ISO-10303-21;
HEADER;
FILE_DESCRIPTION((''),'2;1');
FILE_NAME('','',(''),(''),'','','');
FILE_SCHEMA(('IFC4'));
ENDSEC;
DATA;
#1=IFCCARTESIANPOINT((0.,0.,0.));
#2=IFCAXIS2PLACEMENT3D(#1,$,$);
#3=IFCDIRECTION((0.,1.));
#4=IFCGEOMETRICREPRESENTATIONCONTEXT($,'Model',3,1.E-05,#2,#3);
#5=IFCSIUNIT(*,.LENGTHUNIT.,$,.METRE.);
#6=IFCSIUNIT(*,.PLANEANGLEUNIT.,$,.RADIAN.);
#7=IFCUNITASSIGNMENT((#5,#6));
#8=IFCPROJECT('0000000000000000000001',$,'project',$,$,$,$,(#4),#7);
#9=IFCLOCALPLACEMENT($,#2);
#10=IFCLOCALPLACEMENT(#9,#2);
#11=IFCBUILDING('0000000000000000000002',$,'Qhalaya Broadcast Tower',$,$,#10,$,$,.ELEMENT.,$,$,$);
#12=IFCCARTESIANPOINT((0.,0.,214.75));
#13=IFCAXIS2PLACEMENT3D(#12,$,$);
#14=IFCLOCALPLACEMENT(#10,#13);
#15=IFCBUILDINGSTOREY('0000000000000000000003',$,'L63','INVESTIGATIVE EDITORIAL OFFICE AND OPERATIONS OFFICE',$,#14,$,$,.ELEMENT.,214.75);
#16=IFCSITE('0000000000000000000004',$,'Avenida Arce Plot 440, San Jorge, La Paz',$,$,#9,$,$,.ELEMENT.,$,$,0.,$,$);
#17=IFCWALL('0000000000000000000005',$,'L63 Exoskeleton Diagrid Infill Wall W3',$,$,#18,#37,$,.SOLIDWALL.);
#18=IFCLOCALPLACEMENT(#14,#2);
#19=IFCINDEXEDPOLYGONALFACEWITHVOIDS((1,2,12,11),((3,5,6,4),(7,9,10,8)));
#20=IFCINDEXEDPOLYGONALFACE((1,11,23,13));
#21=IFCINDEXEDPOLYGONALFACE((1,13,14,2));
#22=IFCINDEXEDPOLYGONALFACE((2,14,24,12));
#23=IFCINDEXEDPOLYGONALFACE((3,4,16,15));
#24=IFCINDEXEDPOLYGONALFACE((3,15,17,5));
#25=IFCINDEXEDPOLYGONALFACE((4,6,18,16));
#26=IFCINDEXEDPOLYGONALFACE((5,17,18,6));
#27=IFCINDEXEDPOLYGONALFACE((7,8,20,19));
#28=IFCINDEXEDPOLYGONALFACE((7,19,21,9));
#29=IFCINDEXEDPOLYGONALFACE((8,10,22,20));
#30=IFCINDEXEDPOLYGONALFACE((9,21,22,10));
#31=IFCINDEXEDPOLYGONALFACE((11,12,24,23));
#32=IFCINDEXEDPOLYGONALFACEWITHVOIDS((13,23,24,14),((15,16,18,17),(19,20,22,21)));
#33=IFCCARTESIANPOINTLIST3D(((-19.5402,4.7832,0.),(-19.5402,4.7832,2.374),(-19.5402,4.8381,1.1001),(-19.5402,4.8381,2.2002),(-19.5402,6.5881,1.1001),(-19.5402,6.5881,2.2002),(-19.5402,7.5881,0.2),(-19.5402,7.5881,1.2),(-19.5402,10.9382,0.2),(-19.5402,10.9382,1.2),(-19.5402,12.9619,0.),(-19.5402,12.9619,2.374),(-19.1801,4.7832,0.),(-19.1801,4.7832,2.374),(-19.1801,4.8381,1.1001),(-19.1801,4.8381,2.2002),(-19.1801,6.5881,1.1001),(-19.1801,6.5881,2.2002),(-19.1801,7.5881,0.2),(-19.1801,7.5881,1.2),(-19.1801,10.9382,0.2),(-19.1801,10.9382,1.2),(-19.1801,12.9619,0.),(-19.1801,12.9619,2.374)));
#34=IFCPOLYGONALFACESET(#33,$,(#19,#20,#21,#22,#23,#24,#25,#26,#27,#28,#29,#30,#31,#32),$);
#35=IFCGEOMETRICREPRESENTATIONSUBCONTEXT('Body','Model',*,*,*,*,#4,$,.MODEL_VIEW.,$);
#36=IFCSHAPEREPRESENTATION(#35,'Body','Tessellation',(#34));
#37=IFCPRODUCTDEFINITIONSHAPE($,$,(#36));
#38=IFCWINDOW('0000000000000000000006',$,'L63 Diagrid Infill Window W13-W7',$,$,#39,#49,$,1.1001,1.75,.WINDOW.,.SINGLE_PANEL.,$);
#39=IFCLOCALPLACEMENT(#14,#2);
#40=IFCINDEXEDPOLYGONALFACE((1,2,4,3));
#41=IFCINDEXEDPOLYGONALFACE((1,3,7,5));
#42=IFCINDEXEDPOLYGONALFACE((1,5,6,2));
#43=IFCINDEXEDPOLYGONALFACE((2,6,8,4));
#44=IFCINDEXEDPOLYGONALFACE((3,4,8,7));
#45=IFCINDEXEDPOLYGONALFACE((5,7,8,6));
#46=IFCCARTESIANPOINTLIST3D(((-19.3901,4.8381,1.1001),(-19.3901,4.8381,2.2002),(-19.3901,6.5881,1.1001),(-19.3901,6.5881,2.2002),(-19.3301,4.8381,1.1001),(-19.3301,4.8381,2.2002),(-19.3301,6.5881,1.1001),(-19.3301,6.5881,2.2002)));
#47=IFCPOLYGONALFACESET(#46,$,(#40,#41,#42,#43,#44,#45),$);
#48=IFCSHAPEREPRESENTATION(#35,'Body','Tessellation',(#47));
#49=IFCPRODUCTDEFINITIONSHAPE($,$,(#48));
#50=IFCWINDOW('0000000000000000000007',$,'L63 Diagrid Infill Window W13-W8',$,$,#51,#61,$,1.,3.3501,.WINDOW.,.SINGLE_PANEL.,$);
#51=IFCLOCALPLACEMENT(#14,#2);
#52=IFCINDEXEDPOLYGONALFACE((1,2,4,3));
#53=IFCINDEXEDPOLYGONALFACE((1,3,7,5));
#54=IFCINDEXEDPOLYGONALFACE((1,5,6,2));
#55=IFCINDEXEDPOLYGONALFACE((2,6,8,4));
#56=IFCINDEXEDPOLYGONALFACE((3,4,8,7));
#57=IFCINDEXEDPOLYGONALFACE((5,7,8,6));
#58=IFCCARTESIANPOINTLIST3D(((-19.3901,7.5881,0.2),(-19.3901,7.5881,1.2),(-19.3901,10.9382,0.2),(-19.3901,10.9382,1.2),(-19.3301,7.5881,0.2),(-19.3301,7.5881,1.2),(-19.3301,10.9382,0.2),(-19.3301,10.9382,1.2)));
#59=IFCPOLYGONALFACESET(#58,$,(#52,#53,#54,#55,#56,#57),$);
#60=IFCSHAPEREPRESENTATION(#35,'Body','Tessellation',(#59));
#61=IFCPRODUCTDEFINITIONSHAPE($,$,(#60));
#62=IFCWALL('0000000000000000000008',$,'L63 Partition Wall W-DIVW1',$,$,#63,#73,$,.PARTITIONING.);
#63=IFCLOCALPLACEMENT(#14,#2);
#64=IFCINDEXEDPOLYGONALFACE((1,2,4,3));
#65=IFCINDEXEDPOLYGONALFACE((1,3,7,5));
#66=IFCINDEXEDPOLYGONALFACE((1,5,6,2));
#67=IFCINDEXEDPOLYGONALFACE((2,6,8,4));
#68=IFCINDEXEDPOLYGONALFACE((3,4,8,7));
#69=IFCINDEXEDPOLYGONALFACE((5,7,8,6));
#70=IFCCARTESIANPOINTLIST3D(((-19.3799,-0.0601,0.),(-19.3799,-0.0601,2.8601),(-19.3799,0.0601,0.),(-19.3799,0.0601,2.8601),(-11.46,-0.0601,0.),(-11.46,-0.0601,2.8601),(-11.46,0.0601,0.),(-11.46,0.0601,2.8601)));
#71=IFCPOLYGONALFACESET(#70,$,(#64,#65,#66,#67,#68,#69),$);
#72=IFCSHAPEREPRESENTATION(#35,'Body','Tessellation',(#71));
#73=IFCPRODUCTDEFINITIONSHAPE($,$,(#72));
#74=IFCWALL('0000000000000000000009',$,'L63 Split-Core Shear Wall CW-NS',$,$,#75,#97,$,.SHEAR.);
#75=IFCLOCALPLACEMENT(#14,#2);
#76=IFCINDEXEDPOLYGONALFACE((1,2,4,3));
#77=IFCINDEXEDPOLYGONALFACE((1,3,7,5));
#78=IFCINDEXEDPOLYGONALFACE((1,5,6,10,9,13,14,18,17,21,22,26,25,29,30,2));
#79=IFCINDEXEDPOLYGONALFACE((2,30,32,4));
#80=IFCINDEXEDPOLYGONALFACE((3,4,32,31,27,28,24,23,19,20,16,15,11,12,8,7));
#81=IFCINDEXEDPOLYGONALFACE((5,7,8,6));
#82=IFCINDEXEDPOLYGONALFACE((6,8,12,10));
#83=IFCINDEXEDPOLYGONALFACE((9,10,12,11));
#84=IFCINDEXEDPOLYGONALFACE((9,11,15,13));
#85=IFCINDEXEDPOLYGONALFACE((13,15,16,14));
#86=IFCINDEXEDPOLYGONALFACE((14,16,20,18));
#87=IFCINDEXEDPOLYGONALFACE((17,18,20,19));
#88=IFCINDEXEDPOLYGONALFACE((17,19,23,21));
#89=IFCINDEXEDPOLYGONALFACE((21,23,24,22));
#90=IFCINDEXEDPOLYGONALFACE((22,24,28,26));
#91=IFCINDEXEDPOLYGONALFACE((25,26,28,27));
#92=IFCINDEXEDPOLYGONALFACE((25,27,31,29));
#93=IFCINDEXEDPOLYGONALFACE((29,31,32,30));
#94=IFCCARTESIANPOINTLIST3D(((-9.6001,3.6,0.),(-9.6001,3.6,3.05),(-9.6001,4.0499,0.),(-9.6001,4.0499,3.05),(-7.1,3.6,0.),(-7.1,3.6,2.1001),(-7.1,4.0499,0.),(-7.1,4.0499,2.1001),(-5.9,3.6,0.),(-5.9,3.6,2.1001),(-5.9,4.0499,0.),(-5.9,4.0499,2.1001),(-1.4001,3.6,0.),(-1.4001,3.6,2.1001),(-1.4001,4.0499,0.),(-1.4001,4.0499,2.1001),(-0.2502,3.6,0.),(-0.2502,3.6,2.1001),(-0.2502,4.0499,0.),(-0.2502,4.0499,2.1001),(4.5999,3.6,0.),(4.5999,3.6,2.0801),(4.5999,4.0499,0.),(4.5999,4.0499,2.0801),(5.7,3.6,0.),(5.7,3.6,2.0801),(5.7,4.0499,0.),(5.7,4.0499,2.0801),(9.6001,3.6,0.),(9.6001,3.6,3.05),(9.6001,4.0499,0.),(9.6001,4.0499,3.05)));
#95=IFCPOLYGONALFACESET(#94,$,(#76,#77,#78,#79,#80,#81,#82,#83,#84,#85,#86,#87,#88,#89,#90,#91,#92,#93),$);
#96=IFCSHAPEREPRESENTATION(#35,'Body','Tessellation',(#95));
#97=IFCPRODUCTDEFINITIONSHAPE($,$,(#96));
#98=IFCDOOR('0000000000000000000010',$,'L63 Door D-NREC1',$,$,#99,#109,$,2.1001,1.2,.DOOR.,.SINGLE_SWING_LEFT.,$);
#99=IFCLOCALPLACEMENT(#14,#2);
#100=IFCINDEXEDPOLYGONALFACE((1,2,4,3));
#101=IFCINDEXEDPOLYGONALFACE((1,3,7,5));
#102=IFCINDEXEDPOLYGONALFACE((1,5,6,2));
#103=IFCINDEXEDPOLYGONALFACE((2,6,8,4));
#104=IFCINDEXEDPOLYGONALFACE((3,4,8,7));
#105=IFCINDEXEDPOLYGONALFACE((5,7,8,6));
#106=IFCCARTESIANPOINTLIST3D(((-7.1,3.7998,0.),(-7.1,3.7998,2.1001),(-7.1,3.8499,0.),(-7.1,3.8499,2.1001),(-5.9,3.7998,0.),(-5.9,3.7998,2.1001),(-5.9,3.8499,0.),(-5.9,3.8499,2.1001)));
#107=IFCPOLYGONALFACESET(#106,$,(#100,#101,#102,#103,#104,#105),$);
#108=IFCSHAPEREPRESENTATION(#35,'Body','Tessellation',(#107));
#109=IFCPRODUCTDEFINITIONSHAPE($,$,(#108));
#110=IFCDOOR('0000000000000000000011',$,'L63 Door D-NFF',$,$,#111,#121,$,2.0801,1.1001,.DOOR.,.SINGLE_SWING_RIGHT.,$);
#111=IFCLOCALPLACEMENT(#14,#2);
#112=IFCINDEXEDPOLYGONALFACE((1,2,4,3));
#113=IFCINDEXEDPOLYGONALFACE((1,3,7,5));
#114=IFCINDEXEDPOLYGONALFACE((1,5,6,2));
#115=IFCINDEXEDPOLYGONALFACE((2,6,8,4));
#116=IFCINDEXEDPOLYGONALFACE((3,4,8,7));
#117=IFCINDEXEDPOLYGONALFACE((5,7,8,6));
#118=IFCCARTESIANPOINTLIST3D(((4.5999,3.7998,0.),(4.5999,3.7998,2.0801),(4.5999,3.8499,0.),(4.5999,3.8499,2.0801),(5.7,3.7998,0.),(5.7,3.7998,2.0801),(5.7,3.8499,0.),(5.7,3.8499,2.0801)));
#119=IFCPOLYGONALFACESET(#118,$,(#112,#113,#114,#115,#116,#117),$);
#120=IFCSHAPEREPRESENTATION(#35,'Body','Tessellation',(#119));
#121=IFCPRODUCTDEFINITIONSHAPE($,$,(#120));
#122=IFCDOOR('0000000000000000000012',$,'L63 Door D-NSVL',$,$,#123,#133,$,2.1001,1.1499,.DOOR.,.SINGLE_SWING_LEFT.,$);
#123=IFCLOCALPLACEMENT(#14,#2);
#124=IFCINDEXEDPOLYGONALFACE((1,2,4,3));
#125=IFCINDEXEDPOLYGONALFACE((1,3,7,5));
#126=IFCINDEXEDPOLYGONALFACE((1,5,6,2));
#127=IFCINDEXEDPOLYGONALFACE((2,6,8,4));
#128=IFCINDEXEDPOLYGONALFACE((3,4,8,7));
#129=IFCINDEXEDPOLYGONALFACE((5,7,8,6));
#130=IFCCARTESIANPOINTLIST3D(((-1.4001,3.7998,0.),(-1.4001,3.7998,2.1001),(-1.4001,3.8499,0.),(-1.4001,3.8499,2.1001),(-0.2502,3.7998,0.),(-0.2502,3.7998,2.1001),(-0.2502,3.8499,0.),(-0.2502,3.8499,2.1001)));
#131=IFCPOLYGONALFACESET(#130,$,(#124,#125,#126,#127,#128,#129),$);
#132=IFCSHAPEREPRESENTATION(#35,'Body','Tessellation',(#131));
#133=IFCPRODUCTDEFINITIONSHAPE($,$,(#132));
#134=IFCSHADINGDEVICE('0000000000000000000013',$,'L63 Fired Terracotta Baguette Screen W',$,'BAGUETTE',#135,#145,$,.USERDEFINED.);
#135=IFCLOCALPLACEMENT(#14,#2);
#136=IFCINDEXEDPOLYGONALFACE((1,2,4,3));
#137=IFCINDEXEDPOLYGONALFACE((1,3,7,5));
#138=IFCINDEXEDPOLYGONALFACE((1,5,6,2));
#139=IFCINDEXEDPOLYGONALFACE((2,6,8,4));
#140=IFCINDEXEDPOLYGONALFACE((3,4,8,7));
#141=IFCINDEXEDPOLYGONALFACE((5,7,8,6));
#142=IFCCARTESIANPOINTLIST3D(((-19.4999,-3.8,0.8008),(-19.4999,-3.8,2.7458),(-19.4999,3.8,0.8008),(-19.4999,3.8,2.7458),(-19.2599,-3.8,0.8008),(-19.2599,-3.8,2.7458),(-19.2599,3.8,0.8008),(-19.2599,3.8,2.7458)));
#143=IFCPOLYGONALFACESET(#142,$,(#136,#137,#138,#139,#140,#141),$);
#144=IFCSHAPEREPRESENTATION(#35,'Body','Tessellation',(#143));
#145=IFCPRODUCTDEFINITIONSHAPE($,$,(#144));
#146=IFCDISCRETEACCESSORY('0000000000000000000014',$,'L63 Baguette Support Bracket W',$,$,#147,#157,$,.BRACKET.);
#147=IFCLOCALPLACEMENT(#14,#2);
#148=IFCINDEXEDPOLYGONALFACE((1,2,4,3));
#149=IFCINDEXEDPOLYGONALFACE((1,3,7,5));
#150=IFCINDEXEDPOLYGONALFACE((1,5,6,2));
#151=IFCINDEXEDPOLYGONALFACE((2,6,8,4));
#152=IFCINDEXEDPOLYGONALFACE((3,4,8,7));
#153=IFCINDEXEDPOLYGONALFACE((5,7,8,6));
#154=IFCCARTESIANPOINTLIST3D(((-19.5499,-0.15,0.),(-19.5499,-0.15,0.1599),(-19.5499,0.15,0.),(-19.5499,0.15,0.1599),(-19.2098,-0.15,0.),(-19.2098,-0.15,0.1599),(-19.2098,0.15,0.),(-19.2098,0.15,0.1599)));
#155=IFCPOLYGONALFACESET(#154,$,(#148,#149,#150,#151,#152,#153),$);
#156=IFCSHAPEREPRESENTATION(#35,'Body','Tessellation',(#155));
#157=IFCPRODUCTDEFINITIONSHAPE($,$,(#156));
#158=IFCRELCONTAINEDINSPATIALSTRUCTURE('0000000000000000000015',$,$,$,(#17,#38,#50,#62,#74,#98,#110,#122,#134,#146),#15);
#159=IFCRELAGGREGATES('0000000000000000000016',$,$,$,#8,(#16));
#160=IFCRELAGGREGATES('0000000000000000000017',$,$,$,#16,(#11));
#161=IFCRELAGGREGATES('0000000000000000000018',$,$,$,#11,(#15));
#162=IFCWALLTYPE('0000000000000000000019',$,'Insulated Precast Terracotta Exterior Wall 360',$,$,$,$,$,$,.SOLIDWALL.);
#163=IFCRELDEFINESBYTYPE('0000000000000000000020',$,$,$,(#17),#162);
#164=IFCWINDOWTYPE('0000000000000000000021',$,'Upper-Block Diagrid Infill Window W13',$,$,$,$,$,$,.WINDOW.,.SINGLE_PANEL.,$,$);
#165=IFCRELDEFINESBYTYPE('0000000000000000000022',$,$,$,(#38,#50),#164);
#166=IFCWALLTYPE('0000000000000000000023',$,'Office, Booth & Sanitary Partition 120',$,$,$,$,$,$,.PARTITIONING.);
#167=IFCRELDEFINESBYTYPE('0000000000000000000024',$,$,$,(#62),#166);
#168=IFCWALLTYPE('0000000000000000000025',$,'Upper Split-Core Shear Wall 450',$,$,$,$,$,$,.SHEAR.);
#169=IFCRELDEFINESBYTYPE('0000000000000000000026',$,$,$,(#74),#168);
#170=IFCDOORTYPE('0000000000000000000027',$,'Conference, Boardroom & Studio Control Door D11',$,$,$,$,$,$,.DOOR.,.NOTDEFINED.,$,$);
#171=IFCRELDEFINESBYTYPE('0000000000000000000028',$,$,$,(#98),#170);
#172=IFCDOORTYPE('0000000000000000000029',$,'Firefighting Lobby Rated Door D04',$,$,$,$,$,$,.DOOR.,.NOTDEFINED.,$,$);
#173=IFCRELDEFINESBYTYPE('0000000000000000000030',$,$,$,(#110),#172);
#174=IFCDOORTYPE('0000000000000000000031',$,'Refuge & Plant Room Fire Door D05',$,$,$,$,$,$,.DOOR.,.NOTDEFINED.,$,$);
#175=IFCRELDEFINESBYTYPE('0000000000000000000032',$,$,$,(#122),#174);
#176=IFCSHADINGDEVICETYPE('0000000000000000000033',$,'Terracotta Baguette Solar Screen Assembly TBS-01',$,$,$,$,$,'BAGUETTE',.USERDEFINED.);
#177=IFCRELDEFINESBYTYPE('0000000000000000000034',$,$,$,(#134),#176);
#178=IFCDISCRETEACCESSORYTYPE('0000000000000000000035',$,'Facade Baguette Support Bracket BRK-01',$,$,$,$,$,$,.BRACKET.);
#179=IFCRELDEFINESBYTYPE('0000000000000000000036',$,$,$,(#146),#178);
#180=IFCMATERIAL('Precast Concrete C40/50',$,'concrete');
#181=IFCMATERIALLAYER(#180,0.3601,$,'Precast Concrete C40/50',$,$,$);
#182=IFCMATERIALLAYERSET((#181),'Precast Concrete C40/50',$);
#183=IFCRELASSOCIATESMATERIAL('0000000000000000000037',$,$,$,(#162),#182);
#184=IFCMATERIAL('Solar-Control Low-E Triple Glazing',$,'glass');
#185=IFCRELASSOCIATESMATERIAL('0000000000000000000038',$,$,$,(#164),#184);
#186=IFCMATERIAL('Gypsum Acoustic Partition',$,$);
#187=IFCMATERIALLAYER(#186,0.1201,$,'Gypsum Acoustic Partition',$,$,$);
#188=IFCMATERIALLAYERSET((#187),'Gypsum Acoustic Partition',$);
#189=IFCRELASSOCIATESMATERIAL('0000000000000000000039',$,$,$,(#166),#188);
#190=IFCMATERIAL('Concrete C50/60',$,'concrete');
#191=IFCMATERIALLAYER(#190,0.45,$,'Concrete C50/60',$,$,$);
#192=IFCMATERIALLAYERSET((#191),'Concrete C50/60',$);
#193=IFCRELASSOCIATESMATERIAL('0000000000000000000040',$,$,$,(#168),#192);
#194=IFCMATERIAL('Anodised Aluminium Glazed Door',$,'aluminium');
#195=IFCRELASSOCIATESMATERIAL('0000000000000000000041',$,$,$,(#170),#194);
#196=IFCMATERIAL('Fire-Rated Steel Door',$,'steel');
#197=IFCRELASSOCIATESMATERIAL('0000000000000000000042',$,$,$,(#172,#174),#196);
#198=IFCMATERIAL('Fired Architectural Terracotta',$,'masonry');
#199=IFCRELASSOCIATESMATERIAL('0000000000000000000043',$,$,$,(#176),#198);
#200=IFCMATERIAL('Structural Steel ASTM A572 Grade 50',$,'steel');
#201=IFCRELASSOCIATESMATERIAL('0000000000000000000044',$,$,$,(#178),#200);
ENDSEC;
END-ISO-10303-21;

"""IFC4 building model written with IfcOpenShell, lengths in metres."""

from ifc_helpers import new_model, si_unit, direction, frame, frame_2d, origin, origin_2d, place, context, subcontext, project, spatial, rectangle, extrude, material, layer, layer_set, type_object, element, fill, save


model = new_model("IFC4")

# Units and contexts
model_context = context("Model", 3, precision=1e-05, world=origin(), true_north=direction((0.0, 1.0)))
body_context = subcontext(model_context, "Body", "Model", "MODEL_VIEW")
ifc_project = project(units=[si_unit("LENGTHUNIT", "METRE"), si_unit("PLANEANGLEUNIT", "RADIAN")], contexts=[model_context])

# Site, building, storey
site_placement = place(None, origin())
site = spatial("IfcSite", under=ifc_project, at=site_placement, Name="Avenida Arce Plot 440, San Jorge, La Paz", CompositionType="ELEMENT", RefElevation=0.0)
building_placement = place(site_placement, origin())
building = spatial("IfcBuilding", under=site, at=building_placement, Name="Qhalaya Broadcast Tower", CompositionType="ELEMENT")
storey_placement = place(building_placement, frame((0.0, 0.0, 214.75)))
storey = spatial("IfcBuildingStorey", under=building, at=storey_placement, Name="L63", Description="INVESTIGATIVE EDITORIAL OFFICE AND OPERATIONS OFFICE", CompositionType="ELEMENT", Elevation=214.75)

# Shared definitions
ifc_material_1 = material(Name="Structural Steel ASTM A572 Grade 50", Category="steel")

# Shared definitions
ifc_material_2 = material(Name="Gypsum Acoustic Partition")

# Wall, openings, windows
ifc_material_3 = material(Name="Precast Concrete C40/50", Category="concrete")
ifc_layer_1 = layer(ifc_material_3, 0.3601, Name="Precast Concrete C40/50")
ifc_layer_set_1 = layer_set([ifc_layer_1], Name="Precast Concrete C40/50")
wall_type_1 = type_object("IfcWallType", Name="Insulated Precast Terracotta Exterior Wall 360", PredefinedType="SOLIDWALL", material=ifc_layer_set_1)
wall_1_placement = place(storey_placement, frame((-19.3601, 4.7832, 0.0), z_axis=(0.0, 0.0, 1.0), x_axis=(0.0, 1.0, 0.0)))
wall_1 = element("IfcWall", 1, at=wall_1_placement, inside=storey, type_object=wall_type_1, Name="L63 Exoskeleton Diagrid Infill Wall W3", PredefinedType="SOLIDWALL", context=body_context, shape_type="SweptSolid", body=[
    extrude(rectangle(XDim=8.1787, YDim=0.3601, at=frame_2d((4.0894, 0.0))), origin(), (0.0, 0.0, 1.0), 2.374),
])
opening_1_placement = place(wall_1_placement, frame((0.0549, 0.0, 1.1001)))
opening_1 = element("IfcOpeningElement", 2, at=opening_1_placement, cuts=wall_1, PredefinedType="OPENING", context=body_context, shape_type="SweptSolid", body=[
    extrude(rectangle(XDim=1.75, YDim=1.1001, at=frame_2d((0.875, 0.55))), frame((0.0, 0.1921, 0.0), z_axis=(0.0, -1.0, 0.0), x_axis=(1.0, 0.0, 0.0)), (0.0, 0.0, 1.0), 0.384),
])
opening_2_placement = place(wall_1_placement, frame((2.8049, 0.0, 0.2)))
opening_2 = element("IfcOpeningElement", 3, at=opening_2_placement, cuts=wall_1, PredefinedType="OPENING", context=body_context, shape_type="SweptSolid", body=[
    extrude(rectangle(XDim=3.3501, YDim=1.0, at=frame_2d((1.675, 0.5))), frame((0.0, 0.1921, 0.0), z_axis=(0.0, -1.0, 0.0), x_axis=(1.0, 0.0, 0.0)), (0.0, 0.0, 1.0), 0.384),
])
ifc_material_4 = material(Name="Solar-Control Low-E Triple Glazing", Category="glass")
window_type = type_object("IfcWindowType", Name="Upper-Block Diagrid Infill Window W13", PartitioningType="SINGLE_PANEL", PredefinedType="WINDOW", material=ifc_material_4)
window_1_placement = place(opening_1_placement, origin())
window_1 = element("IfcWindow", 4, at=window_1_placement, inside=storey, type_object=window_type, Name="L63 Diagrid Infill Window W13-W7", OverallHeight=1.1001, OverallWidth=1.75, PartitioningType="SINGLE_PANEL", PredefinedType="WINDOW", context=body_context, shape_type="SweptSolid", body=[
    extrude(rectangle(XDim=1.75, YDim=1.1001, at=frame_2d((0.875, 0.55))), frame((0.0, 0.03, 0.0), z_axis=(0.0, -1.0, 0.0), x_axis=(1.0, 0.0, 0.0)), (0.0, 0.0, 1.0), 0.0601),
])
fill(opening_1, window_1)
window_2_placement = place(opening_2_placement, origin())
window_2 = element("IfcWindow", 5, at=window_2_placement, inside=storey, type_object=window_type, Name="L63 Diagrid Infill Window W13-W8", OverallHeight=1.0, OverallWidth=3.3501, PartitioningType="SINGLE_PANEL", PredefinedType="WINDOW", context=body_context, shape_type="SweptSolid", body=[
    extrude(rectangle(XDim=3.3501, YDim=1.0, at=frame_2d((1.675, 0.5))), frame((0.0, 0.03, 0.0), z_axis=(0.0, -1.0, 0.0), x_axis=(1.0, 0.0, 0.0)), (0.0, 0.0, 1.0), 0.0601),
])
fill(opening_2, window_2)

# Wall
ifc_layer_2 = layer(ifc_material_2, 0.1201, Name="Gypsum Acoustic Partition")
ifc_layer_set_2 = layer_set([ifc_layer_2], Name="Gypsum Acoustic Partition")
wall_type_2 = type_object("IfcWallType", Name="Office, Booth & Sanitary Partition 120", PredefinedType="PARTITIONING", material=ifc_layer_set_2)
wall_2_placement = place(storey_placement, frame((-19.3799, 0.0, 0.0), z_axis=(0.0, 0.0, 1.0), x_axis=(1.0, 0.0, 0.0)))
element("IfcWall", 6, at=wall_2_placement, inside=storey, type_object=wall_type_2, Name="L63 Partition Wall W-DIVW1", PredefinedType="PARTITIONING", context=body_context, shape_type="SweptSolid", body=[
    extrude(rectangle(XDim=7.9199, YDim=0.1201, at=frame_2d((3.96, 0.0))), origin(), (0.0, 0.0, 1.0), 2.8601),
])

# Wall, openings, doors
ifc_material_5 = material(Name="Concrete C50/60", Category="concrete")
ifc_layer_3 = layer(ifc_material_5, 0.45, Name="Concrete C50/60")
ifc_layer_set_3 = layer_set([ifc_layer_3], Name="Concrete C50/60")
wall_type_3 = type_object("IfcWallType", Name="Upper Split-Core Shear Wall 450", PredefinedType="SHEAR", material=ifc_layer_set_3)
wall_3_placement = place(storey_placement, frame((-9.6001, 3.825, 0.0), z_axis=(0.0, 0.0, 1.0), x_axis=(1.0, 0.0, 0.0)))
wall_3 = element("IfcWall", 7, at=wall_3_placement, inside=storey, type_object=wall_type_3, Name="L63 Split-Core Shear Wall CW-NS", PredefinedType="SHEAR", context=body_context, shape_type="SweptSolid", body=[
    extrude(rectangle(XDim=19.2002, YDim=0.45, at=frame_2d((9.6001, 0.0))), origin(), (0.0, 0.0, 1.0), 3.05),
])
opening_3_placement = place(wall_3_placement, frame((14.2, 0.0, 0.0)))
opening_3 = element("IfcOpeningElement", 8, at=opening_3_placement, cuts=wall_3, PredefinedType="OPENING", context=body_context, shape_type="SweptSolid", body=[
    extrude(rectangle(XDim=1.1001, YDim=2.0801, at=frame_2d((0.55, 1.04))), frame((0.0, 0.2371, 0.0), z_axis=(0.0, -1.0, 0.0), x_axis=(1.0, 0.0, 0.0)), (0.0, 0.0, 1.0), 0.4739),
])
opening_4_placement = place(wall_3_placement, frame((8.2, 0.0, 0.0)))
opening_4 = element("IfcOpeningElement", 9, at=opening_4_placement, cuts=wall_3, PredefinedType="OPENING", context=body_context, shape_type="SweptSolid", body=[
    extrude(rectangle(XDim=1.1499, YDim=2.1001, at=frame_2d((0.575, 1.05))), frame((0.0, 0.2371, 0.0), z_axis=(0.0, -1.0, 0.0), x_axis=(1.0, 0.0, 0.0)), (0.0, 0.0, 1.0), 0.4739),
])
opening_5_placement = place(wall_3_placement, frame((2.5, 0.0, 0.0)))
opening_5 = element("IfcOpeningElement", 10, at=opening_5_placement, cuts=wall_3, PredefinedType="OPENING", context=body_context, shape_type="SweptSolid", body=[
    extrude(rectangle(XDim=1.2, YDim=2.1001, at=frame_2d((0.6001, 1.05))), frame((0.0, 0.2371, 0.0), z_axis=(0.0, -1.0, 0.0), x_axis=(1.0, 0.0, 0.0)), (0.0, 0.0, 1.0), 0.4739),
])
ifc_material_6 = material(Name="Anodised Aluminium Glazed Door", Category="aluminium")
door_type_1 = type_object("IfcDoorType", Name="Conference, Boardroom & Studio Control Door D11", OperationType="NOTDEFINED", PredefinedType="DOOR", material=ifc_material_6)
door_1_placement = place(opening_5_placement, origin())
door_1 = element("IfcDoor", 11, at=door_1_placement, inside=storey, type_object=door_type_1, Name="L63 Door D-NREC1", OperationType="SINGLE_SWING_LEFT", OverallHeight=2.1001, OverallWidth=1.2, PredefinedType="DOOR", context=body_context, shape_type="SweptSolid", body=[
    extrude(rectangle(XDim=1.2, YDim=2.1001, at=frame_2d((0.6001, 1.05))), frame((0.0, 0.0249, 0.0), z_axis=(0.0, -1.0, 0.0), x_axis=(1.0, 0.0, 0.0)), (0.0, 0.0, 1.0), 0.05),
])
fill(opening_5, door_1)
ifc_material_7 = material(Name="Fire-Rated Steel Door", Category="steel")
door_type_2 = type_object("IfcDoorType", Name="Firefighting Lobby Rated Door D04", OperationType="NOTDEFINED", PredefinedType="DOOR", material=ifc_material_7)
door_2_placement = place(opening_3_placement, origin())
door_2 = element("IfcDoor", 12, at=door_2_placement, inside=storey, type_object=door_type_2, Name="L63 Door D-NFF", OperationType="SINGLE_SWING_RIGHT", OverallHeight=2.0801, OverallWidth=1.1001, PredefinedType="DOOR", context=body_context, shape_type="SweptSolid", body=[
    extrude(rectangle(XDim=1.1001, YDim=2.0801, at=frame_2d((0.55, 1.04))), frame((0.0, 0.0249, 0.0), z_axis=(0.0, -1.0, 0.0), x_axis=(1.0, 0.0, 0.0)), (0.0, 0.0, 1.0), 0.05),
])
fill(opening_3, door_2)
door_type_3 = type_object("IfcDoorType", Name="Refuge & Plant Room Fire Door D05", OperationType="NOTDEFINED", PredefinedType="DOOR", material=ifc_material_7)
door_3_placement = place(opening_4_placement, origin())
door_3 = element("IfcDoor", 13, at=door_3_placement, inside=storey, type_object=door_type_3, Name="L63 Door D-NSVL", OperationType="SINGLE_SWING_LEFT", OverallHeight=2.1001, OverallWidth=1.1499, PredefinedType="DOOR", context=body_context, shape_type="SweptSolid", body=[
    extrude(rectangle(XDim=1.1499, YDim=2.1001, at=frame_2d((0.575, 1.05))), frame((0.0, 0.0249, 0.0), z_axis=(0.0, -1.0, 0.0), x_axis=(1.0, 0.0, 0.0)), (0.0, 0.0, 1.0), 0.05),
])
fill(opening_4, door_3)

# Shading device
ifc_material_8 = material(Name="Fired Architectural Terracotta", Category="masonry")
shading_device_type = type_object("IfcShadingDeviceType", Name="Terracotta Baguette Solar Screen Assembly TBS-01", ElementType="BAGUETTE", PredefinedType="USERDEFINED", material=ifc_material_8)
shading_device_placement = place(storey_placement, frame((-19.3799, 0.0, 0.8008), z_axis=(0.0, 0.0, 1.0), x_axis=(0.0, -1.0, 0.0)))
element("IfcShadingDevice", 14, at=shading_device_placement, inside=storey, type_object=shading_device_type, Name="L63 Fired Terracotta Baguette Screen W", ObjectType="BAGUETTE", PredefinedType="USERDEFINED", context=body_context, shape_type="SweptSolid", body=[
    extrude(rectangle(XDim=7.6001, YDim=0.24, at=origin_2d()), origin(), (0.0, 0.0, 1.0), 1.9451),
])

# Discrete accessory
discrete_accessory_type = type_object("IfcDiscreteAccessoryType", Name="Facade Baguette Support Bracket BRK-01", PredefinedType="BRACKET", material=ifc_material_1)
discrete_accessory_placement = place(storey_placement, frame((-19.3799, 0.0, 0.0), z_axis=(0.0, 0.0, 1.0), x_axis=(0.0, -1.0, 0.0)))
element("IfcDiscreteAccessory", 15, at=discrete_accessory_placement, inside=storey, type_object=discrete_accessory_type, Name="L63 Baguette Support Bracket W", PredefinedType="BRACKET", context=body_context, shape_type="SweptSolid", body=[
    extrude(rectangle(XDim=0.3, YDim=0.3401, at=origin_2d()), origin(), (0.0, 0.0, 1.0), 0.1599),
])

save(model, "model.ifc")
